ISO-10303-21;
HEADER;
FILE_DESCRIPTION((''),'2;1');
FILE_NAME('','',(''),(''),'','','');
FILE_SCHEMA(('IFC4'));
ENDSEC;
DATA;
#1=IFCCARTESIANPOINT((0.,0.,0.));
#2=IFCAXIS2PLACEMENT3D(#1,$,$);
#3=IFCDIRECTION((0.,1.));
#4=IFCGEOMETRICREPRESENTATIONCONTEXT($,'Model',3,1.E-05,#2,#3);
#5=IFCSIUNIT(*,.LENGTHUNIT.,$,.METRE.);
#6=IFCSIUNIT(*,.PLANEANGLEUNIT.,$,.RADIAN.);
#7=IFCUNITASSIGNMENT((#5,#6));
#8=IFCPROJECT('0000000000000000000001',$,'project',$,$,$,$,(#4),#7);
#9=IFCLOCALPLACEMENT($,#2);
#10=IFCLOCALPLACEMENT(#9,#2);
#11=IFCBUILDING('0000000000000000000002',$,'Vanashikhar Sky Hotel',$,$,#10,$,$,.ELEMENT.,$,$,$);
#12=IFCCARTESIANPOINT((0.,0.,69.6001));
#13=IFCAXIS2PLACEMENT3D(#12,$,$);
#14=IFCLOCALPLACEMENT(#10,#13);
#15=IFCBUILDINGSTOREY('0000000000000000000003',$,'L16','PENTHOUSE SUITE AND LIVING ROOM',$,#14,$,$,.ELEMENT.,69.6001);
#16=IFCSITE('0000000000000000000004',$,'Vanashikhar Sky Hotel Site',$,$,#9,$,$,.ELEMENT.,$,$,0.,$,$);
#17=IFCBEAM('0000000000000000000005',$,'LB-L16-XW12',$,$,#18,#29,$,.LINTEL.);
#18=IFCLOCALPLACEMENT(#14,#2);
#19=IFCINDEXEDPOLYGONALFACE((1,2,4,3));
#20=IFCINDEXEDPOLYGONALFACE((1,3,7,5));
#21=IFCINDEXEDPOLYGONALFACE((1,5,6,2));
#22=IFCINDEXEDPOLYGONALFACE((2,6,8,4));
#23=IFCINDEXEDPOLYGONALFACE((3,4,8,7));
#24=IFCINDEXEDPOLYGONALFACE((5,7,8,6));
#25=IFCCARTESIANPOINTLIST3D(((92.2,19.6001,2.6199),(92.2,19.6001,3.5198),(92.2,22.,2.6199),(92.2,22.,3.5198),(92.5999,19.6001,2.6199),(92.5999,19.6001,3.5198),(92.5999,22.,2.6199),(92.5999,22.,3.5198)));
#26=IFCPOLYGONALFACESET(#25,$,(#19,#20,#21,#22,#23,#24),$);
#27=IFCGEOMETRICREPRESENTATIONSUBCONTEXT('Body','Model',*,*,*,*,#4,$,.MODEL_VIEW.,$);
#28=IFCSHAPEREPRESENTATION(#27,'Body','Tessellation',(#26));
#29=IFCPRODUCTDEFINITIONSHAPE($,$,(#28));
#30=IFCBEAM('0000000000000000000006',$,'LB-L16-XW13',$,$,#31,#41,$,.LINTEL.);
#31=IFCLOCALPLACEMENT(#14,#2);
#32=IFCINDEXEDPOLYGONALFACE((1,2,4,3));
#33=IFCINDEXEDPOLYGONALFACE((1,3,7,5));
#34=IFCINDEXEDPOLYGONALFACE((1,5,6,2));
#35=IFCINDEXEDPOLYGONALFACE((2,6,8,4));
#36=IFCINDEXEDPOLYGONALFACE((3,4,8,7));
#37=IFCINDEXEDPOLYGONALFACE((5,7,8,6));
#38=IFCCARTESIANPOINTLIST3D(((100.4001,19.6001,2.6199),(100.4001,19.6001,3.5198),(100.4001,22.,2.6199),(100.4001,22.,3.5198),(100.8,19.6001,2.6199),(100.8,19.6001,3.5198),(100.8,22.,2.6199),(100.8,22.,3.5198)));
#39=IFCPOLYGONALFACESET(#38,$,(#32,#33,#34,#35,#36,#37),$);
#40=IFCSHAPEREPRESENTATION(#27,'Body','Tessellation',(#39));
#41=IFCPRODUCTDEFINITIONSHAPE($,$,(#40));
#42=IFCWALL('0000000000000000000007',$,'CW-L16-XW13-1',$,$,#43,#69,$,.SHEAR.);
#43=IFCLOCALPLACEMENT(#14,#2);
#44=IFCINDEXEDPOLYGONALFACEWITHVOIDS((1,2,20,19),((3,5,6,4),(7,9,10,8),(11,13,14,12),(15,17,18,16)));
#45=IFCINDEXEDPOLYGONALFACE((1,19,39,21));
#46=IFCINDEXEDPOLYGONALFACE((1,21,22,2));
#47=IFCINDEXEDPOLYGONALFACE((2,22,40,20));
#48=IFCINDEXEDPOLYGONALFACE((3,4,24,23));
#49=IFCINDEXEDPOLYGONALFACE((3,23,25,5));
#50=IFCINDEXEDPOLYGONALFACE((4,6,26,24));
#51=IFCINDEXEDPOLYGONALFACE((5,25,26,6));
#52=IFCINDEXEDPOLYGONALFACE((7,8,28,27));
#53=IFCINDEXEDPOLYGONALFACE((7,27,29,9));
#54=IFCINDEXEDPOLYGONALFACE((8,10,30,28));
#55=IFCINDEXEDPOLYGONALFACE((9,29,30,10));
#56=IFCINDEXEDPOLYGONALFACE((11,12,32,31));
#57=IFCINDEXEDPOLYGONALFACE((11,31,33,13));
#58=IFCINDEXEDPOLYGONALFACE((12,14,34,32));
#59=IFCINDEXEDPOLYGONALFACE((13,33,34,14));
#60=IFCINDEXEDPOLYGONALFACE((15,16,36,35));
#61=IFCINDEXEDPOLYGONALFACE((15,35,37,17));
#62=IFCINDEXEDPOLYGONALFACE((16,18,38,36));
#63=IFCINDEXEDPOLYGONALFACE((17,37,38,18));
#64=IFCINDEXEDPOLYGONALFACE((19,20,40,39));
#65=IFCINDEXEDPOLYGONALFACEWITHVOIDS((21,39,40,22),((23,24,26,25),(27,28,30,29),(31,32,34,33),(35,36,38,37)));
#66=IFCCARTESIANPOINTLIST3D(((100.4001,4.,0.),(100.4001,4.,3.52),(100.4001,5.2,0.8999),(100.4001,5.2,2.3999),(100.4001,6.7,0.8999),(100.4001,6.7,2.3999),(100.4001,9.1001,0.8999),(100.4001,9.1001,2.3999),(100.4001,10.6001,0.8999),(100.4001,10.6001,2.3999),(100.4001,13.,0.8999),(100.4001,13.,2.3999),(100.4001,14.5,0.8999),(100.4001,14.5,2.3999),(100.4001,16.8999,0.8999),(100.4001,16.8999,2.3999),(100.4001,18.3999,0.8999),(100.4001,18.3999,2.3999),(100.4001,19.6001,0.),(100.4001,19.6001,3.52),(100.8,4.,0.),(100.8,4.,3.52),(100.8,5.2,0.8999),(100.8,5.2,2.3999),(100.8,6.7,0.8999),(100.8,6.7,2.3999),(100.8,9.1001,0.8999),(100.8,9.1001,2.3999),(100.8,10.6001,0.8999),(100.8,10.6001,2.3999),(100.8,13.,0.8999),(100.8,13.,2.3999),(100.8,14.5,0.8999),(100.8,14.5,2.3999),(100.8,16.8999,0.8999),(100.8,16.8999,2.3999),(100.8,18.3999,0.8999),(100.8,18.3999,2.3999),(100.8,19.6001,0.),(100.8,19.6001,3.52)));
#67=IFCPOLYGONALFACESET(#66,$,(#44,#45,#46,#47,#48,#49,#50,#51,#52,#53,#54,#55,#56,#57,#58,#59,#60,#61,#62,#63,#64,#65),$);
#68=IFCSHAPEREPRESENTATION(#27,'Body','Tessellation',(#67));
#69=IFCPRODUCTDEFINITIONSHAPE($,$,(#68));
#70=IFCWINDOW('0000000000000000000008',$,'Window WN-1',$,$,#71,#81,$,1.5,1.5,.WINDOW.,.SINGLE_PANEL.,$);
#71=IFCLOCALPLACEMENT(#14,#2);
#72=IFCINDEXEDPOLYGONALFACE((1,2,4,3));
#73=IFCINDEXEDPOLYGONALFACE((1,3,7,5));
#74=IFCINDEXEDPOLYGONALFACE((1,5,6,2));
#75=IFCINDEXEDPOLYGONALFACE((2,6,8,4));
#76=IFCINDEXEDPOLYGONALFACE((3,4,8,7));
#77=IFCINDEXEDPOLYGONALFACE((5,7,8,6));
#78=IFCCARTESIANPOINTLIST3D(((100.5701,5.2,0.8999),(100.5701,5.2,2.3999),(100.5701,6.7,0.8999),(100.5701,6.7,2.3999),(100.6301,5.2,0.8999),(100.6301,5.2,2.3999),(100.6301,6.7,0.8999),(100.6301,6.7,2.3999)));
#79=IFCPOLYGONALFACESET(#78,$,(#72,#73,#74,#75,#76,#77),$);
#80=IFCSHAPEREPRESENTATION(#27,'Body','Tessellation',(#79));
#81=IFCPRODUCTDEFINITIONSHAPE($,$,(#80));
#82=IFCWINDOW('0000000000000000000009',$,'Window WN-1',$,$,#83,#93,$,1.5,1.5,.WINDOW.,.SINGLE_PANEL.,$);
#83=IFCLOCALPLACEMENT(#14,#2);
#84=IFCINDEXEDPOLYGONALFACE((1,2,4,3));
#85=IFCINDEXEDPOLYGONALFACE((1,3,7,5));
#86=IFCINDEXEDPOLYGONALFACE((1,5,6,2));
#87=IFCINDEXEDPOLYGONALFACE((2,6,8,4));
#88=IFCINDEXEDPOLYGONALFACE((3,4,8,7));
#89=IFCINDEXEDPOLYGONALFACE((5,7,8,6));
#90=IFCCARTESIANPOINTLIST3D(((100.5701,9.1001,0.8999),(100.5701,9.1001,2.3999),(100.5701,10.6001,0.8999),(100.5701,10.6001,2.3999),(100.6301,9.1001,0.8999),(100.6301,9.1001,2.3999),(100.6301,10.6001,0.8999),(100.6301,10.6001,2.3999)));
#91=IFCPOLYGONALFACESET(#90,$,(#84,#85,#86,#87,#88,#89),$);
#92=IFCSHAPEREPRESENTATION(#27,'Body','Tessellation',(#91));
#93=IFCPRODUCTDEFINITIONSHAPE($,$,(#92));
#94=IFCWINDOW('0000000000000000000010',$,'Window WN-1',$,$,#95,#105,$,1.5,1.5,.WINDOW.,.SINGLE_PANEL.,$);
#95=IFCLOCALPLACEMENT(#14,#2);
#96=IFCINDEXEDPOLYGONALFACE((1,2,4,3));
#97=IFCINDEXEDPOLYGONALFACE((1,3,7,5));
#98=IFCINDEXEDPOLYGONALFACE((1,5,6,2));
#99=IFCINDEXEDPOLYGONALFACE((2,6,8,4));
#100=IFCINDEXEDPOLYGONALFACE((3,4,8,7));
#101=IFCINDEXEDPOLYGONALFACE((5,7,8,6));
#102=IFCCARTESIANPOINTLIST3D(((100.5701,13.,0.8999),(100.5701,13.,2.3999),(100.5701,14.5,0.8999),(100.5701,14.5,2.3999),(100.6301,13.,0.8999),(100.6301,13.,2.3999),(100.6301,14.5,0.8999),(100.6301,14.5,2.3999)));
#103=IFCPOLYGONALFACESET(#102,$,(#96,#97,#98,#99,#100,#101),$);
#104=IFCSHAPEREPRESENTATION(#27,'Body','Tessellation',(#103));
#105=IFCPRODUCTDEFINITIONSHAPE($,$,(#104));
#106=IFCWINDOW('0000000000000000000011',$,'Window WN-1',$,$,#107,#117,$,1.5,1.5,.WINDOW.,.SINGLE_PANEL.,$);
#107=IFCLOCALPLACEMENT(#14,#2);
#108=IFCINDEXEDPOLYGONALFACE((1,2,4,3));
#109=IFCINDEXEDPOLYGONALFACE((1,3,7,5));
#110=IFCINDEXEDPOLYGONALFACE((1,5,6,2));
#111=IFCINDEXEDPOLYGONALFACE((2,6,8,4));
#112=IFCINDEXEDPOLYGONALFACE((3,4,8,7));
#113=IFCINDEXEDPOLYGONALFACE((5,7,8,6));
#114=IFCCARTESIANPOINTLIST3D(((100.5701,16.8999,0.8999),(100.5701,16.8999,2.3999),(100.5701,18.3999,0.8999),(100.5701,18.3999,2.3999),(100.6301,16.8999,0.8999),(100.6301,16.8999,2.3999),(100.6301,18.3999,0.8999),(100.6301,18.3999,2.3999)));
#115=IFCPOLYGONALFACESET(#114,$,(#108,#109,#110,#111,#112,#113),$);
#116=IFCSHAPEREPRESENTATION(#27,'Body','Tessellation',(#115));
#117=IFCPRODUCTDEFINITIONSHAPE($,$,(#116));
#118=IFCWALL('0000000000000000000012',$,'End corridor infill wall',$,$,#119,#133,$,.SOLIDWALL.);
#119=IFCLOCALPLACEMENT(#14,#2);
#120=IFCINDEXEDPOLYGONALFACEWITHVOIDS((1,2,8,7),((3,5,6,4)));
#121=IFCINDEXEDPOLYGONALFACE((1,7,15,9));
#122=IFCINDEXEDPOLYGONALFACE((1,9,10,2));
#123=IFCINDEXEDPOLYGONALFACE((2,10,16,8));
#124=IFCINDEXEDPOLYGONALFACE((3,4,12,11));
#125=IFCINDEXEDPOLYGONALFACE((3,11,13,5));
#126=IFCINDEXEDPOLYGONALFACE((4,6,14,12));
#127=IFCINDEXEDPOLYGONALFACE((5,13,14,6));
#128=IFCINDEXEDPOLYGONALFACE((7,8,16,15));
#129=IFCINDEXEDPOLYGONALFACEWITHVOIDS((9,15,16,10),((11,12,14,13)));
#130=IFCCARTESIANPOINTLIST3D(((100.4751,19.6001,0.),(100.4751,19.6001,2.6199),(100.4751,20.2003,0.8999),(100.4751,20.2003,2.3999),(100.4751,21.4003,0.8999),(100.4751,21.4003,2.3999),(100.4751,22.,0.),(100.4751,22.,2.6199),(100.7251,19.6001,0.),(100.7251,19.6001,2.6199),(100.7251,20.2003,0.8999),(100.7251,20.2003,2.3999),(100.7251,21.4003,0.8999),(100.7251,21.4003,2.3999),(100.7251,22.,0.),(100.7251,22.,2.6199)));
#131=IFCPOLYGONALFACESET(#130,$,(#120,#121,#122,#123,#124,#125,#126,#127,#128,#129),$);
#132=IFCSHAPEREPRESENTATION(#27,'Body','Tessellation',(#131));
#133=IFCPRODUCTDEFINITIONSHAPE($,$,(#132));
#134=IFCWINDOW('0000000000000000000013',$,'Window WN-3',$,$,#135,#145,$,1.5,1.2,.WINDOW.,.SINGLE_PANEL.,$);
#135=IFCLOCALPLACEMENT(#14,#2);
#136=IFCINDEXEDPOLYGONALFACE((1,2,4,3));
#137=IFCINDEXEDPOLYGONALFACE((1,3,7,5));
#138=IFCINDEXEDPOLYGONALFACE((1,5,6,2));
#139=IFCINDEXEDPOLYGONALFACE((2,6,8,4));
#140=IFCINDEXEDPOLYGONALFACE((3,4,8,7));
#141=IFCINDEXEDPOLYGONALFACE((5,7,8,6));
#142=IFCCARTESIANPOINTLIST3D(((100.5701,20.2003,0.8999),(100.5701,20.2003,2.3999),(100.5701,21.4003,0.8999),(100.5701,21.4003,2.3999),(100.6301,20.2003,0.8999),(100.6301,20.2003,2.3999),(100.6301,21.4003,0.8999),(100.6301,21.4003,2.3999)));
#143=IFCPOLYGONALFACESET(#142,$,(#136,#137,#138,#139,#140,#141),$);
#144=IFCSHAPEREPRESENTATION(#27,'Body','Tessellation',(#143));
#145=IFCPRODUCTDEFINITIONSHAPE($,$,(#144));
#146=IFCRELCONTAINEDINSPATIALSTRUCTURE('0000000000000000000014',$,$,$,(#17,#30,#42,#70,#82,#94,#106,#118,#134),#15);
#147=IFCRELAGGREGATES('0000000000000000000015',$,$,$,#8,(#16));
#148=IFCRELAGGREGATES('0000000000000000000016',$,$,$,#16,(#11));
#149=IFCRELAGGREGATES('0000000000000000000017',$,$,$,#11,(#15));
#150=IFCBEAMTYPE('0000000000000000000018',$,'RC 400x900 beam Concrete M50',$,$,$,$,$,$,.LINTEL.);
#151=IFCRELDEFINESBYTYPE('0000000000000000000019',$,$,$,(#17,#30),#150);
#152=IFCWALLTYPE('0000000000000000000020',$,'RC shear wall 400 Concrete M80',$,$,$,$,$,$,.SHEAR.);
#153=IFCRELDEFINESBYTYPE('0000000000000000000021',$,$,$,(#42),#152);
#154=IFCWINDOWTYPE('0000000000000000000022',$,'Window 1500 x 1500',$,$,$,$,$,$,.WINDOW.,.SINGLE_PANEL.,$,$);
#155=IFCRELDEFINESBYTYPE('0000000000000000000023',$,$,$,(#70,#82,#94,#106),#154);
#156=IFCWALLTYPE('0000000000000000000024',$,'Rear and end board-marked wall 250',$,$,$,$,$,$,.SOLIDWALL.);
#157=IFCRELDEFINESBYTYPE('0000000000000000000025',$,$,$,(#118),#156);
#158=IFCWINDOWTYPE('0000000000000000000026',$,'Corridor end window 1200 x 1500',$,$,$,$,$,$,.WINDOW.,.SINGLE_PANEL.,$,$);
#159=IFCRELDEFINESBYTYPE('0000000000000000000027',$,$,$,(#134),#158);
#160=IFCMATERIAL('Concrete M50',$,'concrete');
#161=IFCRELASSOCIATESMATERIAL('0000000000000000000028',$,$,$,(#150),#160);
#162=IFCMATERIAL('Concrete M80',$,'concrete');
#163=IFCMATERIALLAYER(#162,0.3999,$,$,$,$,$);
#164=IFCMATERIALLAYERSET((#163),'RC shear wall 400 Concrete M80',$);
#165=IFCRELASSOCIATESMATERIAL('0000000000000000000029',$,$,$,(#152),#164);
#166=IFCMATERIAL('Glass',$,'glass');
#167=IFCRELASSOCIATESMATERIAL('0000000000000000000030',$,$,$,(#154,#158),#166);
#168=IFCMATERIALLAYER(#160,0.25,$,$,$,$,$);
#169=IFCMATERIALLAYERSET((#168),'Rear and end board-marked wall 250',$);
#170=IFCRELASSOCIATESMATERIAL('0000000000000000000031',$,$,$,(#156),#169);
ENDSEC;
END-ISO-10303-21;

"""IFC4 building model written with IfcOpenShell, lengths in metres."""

from ifc_helpers import new_model, si_unit, direction, frame, frame_2d, origin, origin_2d, place, context, subcontext, project, spatial, rectangle, extrude, source, transform, mapped, material, layer, layer_set, material_profile, profile_set, type_object, element, fill, save


model = new_model("IFC4")

# Units and contexts
model_context = context("Model", 3, precision=1e-05, world=origin(), true_north=direction((0.0, 1.0)))
body_context = subcontext(model_context, "Body", "Model", "MODEL_VIEW")
ifc_project = project(units=[si_unit("LENGTHUNIT", "METRE"), si_unit("PLANEANGLEUNIT", "RADIAN")], contexts=[model_context])

# Site, building, storey
site_placement = place(None, origin())
site = spatial("IfcSite", under=ifc_project, at=site_placement, Name="Vanashikhar Sky Hotel Site", CompositionType="ELEMENT", RefElevation=0.0)
building_placement = place(site_placement, origin())
building = spatial("IfcBuilding", under=site, at=building_placement, Name="Vanashikhar Sky Hotel", CompositionType="ELEMENT")
storey_placement = place(building_placement, frame((0.0, 0.0, 69.6001)))
storey = spatial("IfcBuildingStorey", under=building, at=storey_placement, Name="L16", Description="PENTHOUSE SUITE AND LIVING ROOM", CompositionType="ELEMENT", Elevation=69.6001)

# Beams
ifc_material_1 = material(Name="Concrete M50", Category="concrete")
ifc_material_profile = material_profile(ifc_material_1, rectangle(XDim=0.3999, YDim=0.8999, at=origin_2d()))
ifc_profile_set = profile_set([ifc_material_profile], Name="RC 400x900 beam Concrete M50")
beam_type = type_object("IfcBeamType", Name="RC 400x900 beam Concrete M50", PredefinedType="LINTEL", material=ifc_profile_set)
shared_shape_1 = source(origin(), body_context, "Body", "SweptSolid", [
    extrude(rectangle(XDim=0.3999, YDim=0.8999, at=origin_2d()), origin(), (0.0, 0.0, 1.0), 2.3999),
])
for number, where, z_axis, x_axis, name in (
    (1, (92.3999, 19.6001, 3.0698), (0.0, 1.0, 0.0), (-1.0, 0.0, 0.0), "LB-L16-XW12"),
    (2, (100.6001, 19.6001, 3.0698), (0.0, 1.0, 0.0), (-1.0, 0.0, 0.0), "LB-L16-XW13"),
):
    element("IfcBeam", number, at=place(storey_placement, frame(where, z_axis=z_axis, x_axis=x_axis)), inside=storey, type_object=beam_type, Name=name, PredefinedType="LINTEL", context=body_context, shape_type="MappedRepresentation", body=[
        mapped(shared_shape_1, transform((0.0, 0.0, 0.0), scale=1.0)),
    ])

# Wall, openings, windows
ifc_material_2 = material(Name="Concrete M80", Category="concrete")
ifc_layer_1 = layer(ifc_material_2, 0.3999)
ifc_layer_set_1 = layer_set([ifc_layer_1], Name="RC shear wall 400 Concrete M80")
wall_type_1 = type_object("IfcWallType", Name="RC shear wall 400 Concrete M80", PredefinedType="SHEAR", material=ifc_layer_set_1)
shared_shape_2 = source(origin(), body_context, "Body", "SweptSolid", [
    extrude(rectangle(XDim=15.6001, YDim=0.3999, at=frame_2d((7.8, 0.0))), origin(), (0.0, 0.0, 1.0), 3.52),
])
wall_1_placement = place(storey_placement, frame((100.6001, 4.0, 0.0), z_axis=(0.0, 0.0, 1.0), x_axis=(0.0, 1.0, 0.0)))
wall_1 = element("IfcWall", 3, at=wall_1_placement, inside=storey, type_object=wall_type_1, Name="CW-L16-XW13-1", PredefinedType="SHEAR", context=body_context, shape_type="MappedRepresentation", body=[
    mapped(shared_shape_2, transform((0.0, 0.0, 0.0), scale=1.0)),
])
shared_shape_3 = source(origin(), body_context, "Body", "SweptSolid", [
    extrude(rectangle(XDim=1.5, YDim=1.5, at=frame_2d((0.75, 0.75))), frame((0.0, 0.21, 0.0), z_axis=(0.0, -1.0, 0.0), x_axis=(1.0, 0.0, 0.0)), (0.0, 0.0, 1.0), 0.4199),
])
opening_1_placement = place(wall_1_placement, frame((1.2, 0.0, 0.8999)))
opening_1 = element("IfcOpeningElement", 4, at=opening_1_placement, cuts=wall_1, PredefinedType="OPENING", context=body_context, shape_type="MappedRepresentation", body=[
    mapped(shared_shape_3, transform((0.0, 0.0, 0.0), scale=1.0)),
])
opening_2_placement = place(wall_1_placement, frame((5.1001, 0.0, 0.8999)))
opening_2 = element("IfcOpeningElement", 5, at=opening_2_placement, cuts=wall_1, PredefinedType="OPENING", context=body_context, shape_type="MappedRepresentation", body=[
    mapped(shared_shape_3, transform((0.0, 0.0, 0.0), scale=1.0)),
])
opening_3_placement = place(wall_1_placement, frame((9.0, 0.0, 0.8999)))
opening_3 = element("IfcOpeningElement", 6, at=opening_3_placement, cuts=wall_1, PredefinedType="OPENING", context=body_context, shape_type="MappedRepresentation", body=[
    mapped(shared_shape_3, transform((0.0, 0.0, 0.0), scale=1.0)),
])
opening_4_placement = place(wall_1_placement, frame((12.8999, 0.0, 0.8999)))
opening_4 = element("IfcOpeningElement", 7, at=opening_4_placement, cuts=wall_1, PredefinedType="OPENING", context=body_context, shape_type="MappedRepresentation", body=[
    mapped(shared_shape_3, transform((0.0, 0.0, 0.0), scale=1.0)),
])
ifc_material_3 = material(Name="Glass", Category="glass")
window_type_1 = type_object("IfcWindowType", Name="Window 1500 x 1500", PartitioningType="SINGLE_PANEL", PredefinedType="WINDOW", material=ifc_material_3)
shared_shape_4 = source(origin(), body_context, "Body", "SweptSolid", [
    extrude(rectangle(XDim=1.5, YDim=1.5, at=frame_2d((0.75, 0.75))), frame((0.0, 0.03, 0.0), z_axis=(0.0, -1.0, 0.0), x_axis=(1.0, 0.0, 0.0)), (0.0, 0.0, 1.0), 0.0601),
])
window_1_placement = place(opening_1_placement, origin())
window_1 = element("IfcWindow", 8, at=window_1_placement, inside=storey, type_object=window_type_1, Name="Window WN-1", OverallHeight=1.5, OverallWidth=1.5, PartitioningType="SINGLE_PANEL", PredefinedType="WINDOW", context=body_context, shape_type="MappedRepresentation", body=[
    mapped(shared_shape_4, transform((0.0, 0.0, 0.0), scale=1.0)),
])
fill(opening_1, window_1)
window_2_placement = place(opening_2_placement, origin())
window_2 = element("IfcWindow", 9, at=window_2_placement, inside=storey, type_object=window_type_1, Name="Window WN-1", OverallHeight=1.5, OverallWidth=1.5, PartitioningType="SINGLE_PANEL", PredefinedType="WINDOW", context=body_context, shape_type="MappedRepresentation", body=[
    mapped(shared_shape_4, transform((0.0, 0.0, 0.0), scale=1.0)),
])
fill(opening_2, window_2)
window_3_placement = place(opening_3_placement, origin())
window_3 = element("IfcWindow", 10, at=window_3_placement, inside=storey, type_object=window_type_1, Name="Window WN-1", OverallHeight=1.5, OverallWidth=1.5, PartitioningType="SINGLE_PANEL", PredefinedType="WINDOW", context=body_context, shape_type="MappedRepresentation", body=[
    mapped(shared_shape_4, transform((0.0, 0.0, 0.0), scale=1.0)),
])
fill(opening_3, window_3)
window_4_placement = place(opening_4_placement, origin())
window_4 = element("IfcWindow", 11, at=window_4_placement, inside=storey, type_object=window_type_1, Name="Window WN-1", OverallHeight=1.5, OverallWidth=1.5, PartitioningType="SINGLE_PANEL", PredefinedType="WINDOW", context=body_context, shape_type="MappedRepresentation", body=[
    mapped(shared_shape_4, transform((0.0, 0.0, 0.0), scale=1.0)),
])
fill(opening_4, window_4)

# Wall, opening, window
ifc_layer_2 = layer(ifc_material_1, 0.25)
ifc_layer_set_2 = layer_set([ifc_layer_2], Name="Rear and end board-marked wall 250")
wall_type_2 = type_object("IfcWallType", Name="Rear and end board-marked wall 250", PredefinedType="SOLIDWALL", material=ifc_layer_set_2)
shared_shape_5 = source(origin(), body_context, "Body", "SweptSolid", [
    extrude(rectangle(XDim=2.3999, YDim=0.25, at=frame_2d((1.2, 0.0))), origin(), (0.0, 0.0, 1.0), 2.6199),
])
wall_2_placement = place(storey_placement, frame((100.6001, 19.6001, 0.0), z_axis=(0.0, 0.0, 1.0), x_axis=(0.0, 1.0, 0.0)))
wall_2 = element("IfcWall", 12, at=wall_2_placement, inside=storey, type_object=wall_type_2, Name="End corridor infill wall", PredefinedType="SOLIDWALL", context=body_context, shape_type="MappedRepresentation", body=[
    mapped(shared_shape_5, transform((0.0, 0.0, 0.0), scale=1.0)),
])
shared_shape_6 = source(origin(), body_context, "Body", "SweptSolid", [
    extrude(rectangle(XDim=1.2, YDim=1.5, at=frame_2d((0.6001, 0.75))), frame((0.0, 0.135, 0.0), z_axis=(0.0, -1.0, 0.0), x_axis=(1.0, 0.0, 0.0)), (0.0, 0.0, 1.0), 0.27),
])
opening_5_placement = place(wall_2_placement, frame((0.6001, 0.0, 0.8999)))
opening_5 = element("IfcOpeningElement", 13, at=opening_5_placement, cuts=wall_2, PredefinedType="OPENING", context=body_context, shape_type="MappedRepresentation", body=[
    mapped(shared_shape_6, transform((0.0, 0.0, 0.0), scale=1.0)),
])
window_type_2 = type_object("IfcWindowType", Name="Corridor end window 1200 x 1500", PartitioningType="SINGLE_PANEL", PredefinedType="WINDOW", material=ifc_material_3)
shared_shape_7 = source(origin(), body_context, "Body", "SweptSolid", [
    extrude(rectangle(XDim=1.2, YDim=1.5, at=frame_2d((0.6001, 0.75))), frame((0.0, 0.03, 0.0), z_axis=(0.0, -1.0, 0.0), x_axis=(1.0, 0.0, 0.0)), (0.0, 0.0, 1.0), 0.0601),
])
window_5_placement = place(opening_5_placement, origin())
window_5 = element("IfcWindow", 14, at=window_5_placement, inside=storey, type_object=window_type_2, Name="Window WN-3", OverallHeight=1.5, OverallWidth=1.2, PartitioningType="SINGLE_PANEL", PredefinedType="WINDOW", context=body_context, shape_type="MappedRepresentation", body=[
    mapped(shared_shape_7, transform((0.0, 0.0, 0.0), scale=1.0)),
])
fill(opening_5, window_5)

save(model, "model.ifc")
